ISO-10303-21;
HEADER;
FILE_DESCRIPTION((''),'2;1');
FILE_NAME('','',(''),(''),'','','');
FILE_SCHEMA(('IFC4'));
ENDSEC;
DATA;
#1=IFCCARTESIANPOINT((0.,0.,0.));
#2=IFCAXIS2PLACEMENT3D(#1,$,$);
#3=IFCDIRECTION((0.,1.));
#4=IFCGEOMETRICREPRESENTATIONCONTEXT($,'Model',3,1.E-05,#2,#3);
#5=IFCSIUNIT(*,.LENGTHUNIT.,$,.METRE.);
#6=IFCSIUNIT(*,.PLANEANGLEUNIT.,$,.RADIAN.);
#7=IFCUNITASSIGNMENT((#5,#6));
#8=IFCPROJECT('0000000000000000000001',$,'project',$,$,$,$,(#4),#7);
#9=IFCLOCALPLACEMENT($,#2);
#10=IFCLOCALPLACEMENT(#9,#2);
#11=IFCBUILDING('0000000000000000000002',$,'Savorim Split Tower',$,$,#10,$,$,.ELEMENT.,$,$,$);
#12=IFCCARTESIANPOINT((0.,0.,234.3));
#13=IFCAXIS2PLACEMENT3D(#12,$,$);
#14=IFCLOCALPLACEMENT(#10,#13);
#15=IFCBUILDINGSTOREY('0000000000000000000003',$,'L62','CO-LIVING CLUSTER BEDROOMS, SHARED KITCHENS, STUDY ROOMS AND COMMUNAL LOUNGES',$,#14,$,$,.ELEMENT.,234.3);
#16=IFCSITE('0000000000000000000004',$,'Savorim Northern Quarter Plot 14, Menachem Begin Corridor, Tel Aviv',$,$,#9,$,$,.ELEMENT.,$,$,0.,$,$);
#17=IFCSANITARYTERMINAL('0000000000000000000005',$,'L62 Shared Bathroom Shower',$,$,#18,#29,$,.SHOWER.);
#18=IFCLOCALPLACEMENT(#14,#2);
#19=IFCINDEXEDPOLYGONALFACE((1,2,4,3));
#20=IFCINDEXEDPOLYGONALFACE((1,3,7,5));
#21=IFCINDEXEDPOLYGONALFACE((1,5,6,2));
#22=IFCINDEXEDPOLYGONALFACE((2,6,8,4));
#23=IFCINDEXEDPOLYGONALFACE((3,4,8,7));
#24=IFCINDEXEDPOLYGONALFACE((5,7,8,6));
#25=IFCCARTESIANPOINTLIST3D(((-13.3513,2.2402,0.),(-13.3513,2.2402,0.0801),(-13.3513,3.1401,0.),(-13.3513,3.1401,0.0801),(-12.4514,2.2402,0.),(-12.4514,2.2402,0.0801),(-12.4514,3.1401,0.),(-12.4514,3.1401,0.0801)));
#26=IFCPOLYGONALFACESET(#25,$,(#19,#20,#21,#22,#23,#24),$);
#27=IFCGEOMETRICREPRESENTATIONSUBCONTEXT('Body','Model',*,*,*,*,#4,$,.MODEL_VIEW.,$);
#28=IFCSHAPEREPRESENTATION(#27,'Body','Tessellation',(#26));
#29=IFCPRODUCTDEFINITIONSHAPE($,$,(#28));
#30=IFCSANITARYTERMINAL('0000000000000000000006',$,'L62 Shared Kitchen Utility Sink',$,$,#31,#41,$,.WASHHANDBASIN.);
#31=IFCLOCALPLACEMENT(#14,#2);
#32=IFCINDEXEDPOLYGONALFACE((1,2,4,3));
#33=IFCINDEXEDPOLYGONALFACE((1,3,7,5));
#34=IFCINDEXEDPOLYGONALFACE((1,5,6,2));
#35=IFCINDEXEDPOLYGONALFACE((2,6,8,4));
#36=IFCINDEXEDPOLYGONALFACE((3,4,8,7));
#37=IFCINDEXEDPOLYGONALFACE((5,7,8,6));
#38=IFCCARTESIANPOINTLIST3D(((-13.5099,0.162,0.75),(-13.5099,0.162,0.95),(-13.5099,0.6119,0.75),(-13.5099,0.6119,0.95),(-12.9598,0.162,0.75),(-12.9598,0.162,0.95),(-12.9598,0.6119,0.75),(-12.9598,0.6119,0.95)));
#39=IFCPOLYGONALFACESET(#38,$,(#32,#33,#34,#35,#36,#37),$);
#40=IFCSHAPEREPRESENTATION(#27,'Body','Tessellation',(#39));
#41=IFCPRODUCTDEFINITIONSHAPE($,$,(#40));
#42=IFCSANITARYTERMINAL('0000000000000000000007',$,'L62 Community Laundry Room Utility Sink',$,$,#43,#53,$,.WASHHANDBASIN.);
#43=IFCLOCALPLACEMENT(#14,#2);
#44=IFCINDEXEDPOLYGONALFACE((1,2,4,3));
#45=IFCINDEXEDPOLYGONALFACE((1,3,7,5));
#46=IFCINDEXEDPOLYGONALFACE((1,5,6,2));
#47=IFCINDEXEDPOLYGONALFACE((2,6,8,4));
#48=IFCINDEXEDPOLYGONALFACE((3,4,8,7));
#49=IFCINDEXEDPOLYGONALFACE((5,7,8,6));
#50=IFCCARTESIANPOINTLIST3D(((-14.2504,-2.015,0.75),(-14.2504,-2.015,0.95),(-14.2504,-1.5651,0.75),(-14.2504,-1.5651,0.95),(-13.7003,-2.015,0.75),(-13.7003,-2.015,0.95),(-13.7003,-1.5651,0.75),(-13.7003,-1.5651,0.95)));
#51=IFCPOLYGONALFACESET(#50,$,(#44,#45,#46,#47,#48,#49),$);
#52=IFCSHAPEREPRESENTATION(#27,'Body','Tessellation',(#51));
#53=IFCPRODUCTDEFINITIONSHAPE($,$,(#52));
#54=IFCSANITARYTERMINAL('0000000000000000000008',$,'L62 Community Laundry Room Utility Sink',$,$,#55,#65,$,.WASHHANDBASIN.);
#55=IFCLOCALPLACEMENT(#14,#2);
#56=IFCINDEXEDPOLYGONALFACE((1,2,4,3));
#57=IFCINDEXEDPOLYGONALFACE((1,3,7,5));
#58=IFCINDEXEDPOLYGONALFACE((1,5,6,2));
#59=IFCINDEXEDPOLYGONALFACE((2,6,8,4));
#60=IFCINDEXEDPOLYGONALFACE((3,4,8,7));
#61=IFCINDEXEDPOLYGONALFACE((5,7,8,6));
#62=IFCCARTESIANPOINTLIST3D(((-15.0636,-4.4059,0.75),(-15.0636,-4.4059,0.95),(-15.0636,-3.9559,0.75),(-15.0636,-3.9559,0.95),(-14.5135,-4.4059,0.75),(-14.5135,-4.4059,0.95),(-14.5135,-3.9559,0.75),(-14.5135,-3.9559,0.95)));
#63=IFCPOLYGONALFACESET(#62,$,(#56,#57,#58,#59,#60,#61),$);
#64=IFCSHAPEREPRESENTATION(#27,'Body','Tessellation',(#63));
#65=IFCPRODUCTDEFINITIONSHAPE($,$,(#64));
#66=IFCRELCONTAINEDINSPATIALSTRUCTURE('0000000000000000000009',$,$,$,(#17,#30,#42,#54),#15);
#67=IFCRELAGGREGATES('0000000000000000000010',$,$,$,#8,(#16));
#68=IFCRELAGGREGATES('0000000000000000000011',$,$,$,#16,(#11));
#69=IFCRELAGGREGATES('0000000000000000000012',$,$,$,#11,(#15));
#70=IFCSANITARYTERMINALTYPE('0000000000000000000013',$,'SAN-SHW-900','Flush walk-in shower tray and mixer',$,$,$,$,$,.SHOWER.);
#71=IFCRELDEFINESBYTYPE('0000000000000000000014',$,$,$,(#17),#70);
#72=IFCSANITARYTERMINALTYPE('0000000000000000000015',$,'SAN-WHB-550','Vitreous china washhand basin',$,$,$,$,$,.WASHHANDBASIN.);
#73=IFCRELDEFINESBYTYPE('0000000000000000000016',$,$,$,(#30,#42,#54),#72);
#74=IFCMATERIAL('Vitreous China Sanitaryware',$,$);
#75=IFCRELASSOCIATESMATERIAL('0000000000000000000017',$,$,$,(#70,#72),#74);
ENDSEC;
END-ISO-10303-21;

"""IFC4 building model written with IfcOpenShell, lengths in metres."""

from ifc_helpers import new_model, si_unit, direction, frame, origin, origin_2d, place, context, subcontext, project, spatial, rectangle, extrude, material, type_object, element, save


model = new_model("IFC4")

# Units and contexts
model_context = context("Model", 3, precision=1e-05, world=origin(), true_north=direction((0.0, 1.0)))
body_context = subcontext(model_context, "Body", "Model", "MODEL_VIEW")
ifc_project = project(units=[si_unit("LENGTHUNIT", "METRE"), si_unit("PLANEANGLEUNIT", "RADIAN")], contexts=[model_context])

# Site, building, storey
site_placement = place(None, origin())
site = spatial("IfcSite", under=ifc_project, at=site_placement, Name="Savorim Northern Quarter Plot 14, Menachem Begin Corridor, Tel Aviv", CompositionType="ELEMENT", RefElevation=0.0)
building_placement = place(site_placement, origin())
building = spatial("IfcBuilding", under=site, at=building_placement, Name="Savorim Split Tower", CompositionType="ELEMENT")
storey_placement = place(building_placement, frame((0.0, 0.0, 234.3)))
storey = spatial("IfcBuildingStorey", under=building, at=storey_placement, Name="L62", Description="CO-LIVING CLUSTER BEDROOMS, SHARED KITCHENS, STUDY ROOMS AND COMMUNAL LOUNGES", CompositionType="ELEMENT", Elevation=234.3)

# Sanitary terminals
ifc_material_1 = material(Name="Vitreous China Sanitaryware")
sanitary_terminal_type_1 = type_object("IfcSanitaryTerminalType", Name="SAN-SHW-900", Description="Flush walk-in shower tray and mixer", PredefinedType="SHOWER", material=ifc_material_1)
sanitary_terminal_placement = place(storey_placement, frame((-12.9014, 2.6902, 0.0), z_axis=(0.0, 0.0, 1.0), x_axis=(1.0, 0.0, 0.0)))
element("IfcSanitaryTerminal", 1, at=sanitary_terminal_placement, inside=storey, type_object=sanitary_terminal_type_1, Name="L62 Shared Bathroom Shower", PredefinedType="SHOWER", context=body_context, shape_type="SweptSolid", body=[
    extrude(rectangle(XDim=0.8999, YDim=0.8999, at=origin_2d()), origin(), (0.0, 0.0, 1.0), 0.0801),
])
sanitary_terminal_type_2 = type_object("IfcSanitaryTerminalType", Name="SAN-WHB-550", Description="Vitreous china washhand basin", PredefinedType="WASHHANDBASIN", material=ifc_material_1)
for number, where, z_axis, x_axis, name in (
    (2, (-13.2349, 0.387, 0.75), (0.0, 0.0, 1.0), (1.0, 0.0, 0.0), "L62 Shared Kitchen Utility Sink"),
    (3, (-13.9753, -1.79, 0.75), (0.0, 0.0, 1.0), (1.0, 0.0, 0.0), "L62 Community Laundry Room Utility Sink"),
    (4, (-14.7886, -4.1809, 0.75), (0.0, 0.0, 1.0), (1.0, 0.0, 0.0), "L62 Community Laundry Room Utility Sink"),
):
    element("IfcSanitaryTerminal", number, at=place(storey_placement, frame(where, z_axis=z_axis, x_axis=x_axis)), inside=storey, type_object=sanitary_terminal_type_2, Name=name, PredefinedType="WASHHANDBASIN", context=body_context, shape_type="SweptSolid", body=[
        extrude(rectangle(XDim=0.55, YDim=0.45, at=origin_2d()), origin(), (0.0, 0.0, 1.0), 0.2),
    ])

save(model, "model.ifc")
